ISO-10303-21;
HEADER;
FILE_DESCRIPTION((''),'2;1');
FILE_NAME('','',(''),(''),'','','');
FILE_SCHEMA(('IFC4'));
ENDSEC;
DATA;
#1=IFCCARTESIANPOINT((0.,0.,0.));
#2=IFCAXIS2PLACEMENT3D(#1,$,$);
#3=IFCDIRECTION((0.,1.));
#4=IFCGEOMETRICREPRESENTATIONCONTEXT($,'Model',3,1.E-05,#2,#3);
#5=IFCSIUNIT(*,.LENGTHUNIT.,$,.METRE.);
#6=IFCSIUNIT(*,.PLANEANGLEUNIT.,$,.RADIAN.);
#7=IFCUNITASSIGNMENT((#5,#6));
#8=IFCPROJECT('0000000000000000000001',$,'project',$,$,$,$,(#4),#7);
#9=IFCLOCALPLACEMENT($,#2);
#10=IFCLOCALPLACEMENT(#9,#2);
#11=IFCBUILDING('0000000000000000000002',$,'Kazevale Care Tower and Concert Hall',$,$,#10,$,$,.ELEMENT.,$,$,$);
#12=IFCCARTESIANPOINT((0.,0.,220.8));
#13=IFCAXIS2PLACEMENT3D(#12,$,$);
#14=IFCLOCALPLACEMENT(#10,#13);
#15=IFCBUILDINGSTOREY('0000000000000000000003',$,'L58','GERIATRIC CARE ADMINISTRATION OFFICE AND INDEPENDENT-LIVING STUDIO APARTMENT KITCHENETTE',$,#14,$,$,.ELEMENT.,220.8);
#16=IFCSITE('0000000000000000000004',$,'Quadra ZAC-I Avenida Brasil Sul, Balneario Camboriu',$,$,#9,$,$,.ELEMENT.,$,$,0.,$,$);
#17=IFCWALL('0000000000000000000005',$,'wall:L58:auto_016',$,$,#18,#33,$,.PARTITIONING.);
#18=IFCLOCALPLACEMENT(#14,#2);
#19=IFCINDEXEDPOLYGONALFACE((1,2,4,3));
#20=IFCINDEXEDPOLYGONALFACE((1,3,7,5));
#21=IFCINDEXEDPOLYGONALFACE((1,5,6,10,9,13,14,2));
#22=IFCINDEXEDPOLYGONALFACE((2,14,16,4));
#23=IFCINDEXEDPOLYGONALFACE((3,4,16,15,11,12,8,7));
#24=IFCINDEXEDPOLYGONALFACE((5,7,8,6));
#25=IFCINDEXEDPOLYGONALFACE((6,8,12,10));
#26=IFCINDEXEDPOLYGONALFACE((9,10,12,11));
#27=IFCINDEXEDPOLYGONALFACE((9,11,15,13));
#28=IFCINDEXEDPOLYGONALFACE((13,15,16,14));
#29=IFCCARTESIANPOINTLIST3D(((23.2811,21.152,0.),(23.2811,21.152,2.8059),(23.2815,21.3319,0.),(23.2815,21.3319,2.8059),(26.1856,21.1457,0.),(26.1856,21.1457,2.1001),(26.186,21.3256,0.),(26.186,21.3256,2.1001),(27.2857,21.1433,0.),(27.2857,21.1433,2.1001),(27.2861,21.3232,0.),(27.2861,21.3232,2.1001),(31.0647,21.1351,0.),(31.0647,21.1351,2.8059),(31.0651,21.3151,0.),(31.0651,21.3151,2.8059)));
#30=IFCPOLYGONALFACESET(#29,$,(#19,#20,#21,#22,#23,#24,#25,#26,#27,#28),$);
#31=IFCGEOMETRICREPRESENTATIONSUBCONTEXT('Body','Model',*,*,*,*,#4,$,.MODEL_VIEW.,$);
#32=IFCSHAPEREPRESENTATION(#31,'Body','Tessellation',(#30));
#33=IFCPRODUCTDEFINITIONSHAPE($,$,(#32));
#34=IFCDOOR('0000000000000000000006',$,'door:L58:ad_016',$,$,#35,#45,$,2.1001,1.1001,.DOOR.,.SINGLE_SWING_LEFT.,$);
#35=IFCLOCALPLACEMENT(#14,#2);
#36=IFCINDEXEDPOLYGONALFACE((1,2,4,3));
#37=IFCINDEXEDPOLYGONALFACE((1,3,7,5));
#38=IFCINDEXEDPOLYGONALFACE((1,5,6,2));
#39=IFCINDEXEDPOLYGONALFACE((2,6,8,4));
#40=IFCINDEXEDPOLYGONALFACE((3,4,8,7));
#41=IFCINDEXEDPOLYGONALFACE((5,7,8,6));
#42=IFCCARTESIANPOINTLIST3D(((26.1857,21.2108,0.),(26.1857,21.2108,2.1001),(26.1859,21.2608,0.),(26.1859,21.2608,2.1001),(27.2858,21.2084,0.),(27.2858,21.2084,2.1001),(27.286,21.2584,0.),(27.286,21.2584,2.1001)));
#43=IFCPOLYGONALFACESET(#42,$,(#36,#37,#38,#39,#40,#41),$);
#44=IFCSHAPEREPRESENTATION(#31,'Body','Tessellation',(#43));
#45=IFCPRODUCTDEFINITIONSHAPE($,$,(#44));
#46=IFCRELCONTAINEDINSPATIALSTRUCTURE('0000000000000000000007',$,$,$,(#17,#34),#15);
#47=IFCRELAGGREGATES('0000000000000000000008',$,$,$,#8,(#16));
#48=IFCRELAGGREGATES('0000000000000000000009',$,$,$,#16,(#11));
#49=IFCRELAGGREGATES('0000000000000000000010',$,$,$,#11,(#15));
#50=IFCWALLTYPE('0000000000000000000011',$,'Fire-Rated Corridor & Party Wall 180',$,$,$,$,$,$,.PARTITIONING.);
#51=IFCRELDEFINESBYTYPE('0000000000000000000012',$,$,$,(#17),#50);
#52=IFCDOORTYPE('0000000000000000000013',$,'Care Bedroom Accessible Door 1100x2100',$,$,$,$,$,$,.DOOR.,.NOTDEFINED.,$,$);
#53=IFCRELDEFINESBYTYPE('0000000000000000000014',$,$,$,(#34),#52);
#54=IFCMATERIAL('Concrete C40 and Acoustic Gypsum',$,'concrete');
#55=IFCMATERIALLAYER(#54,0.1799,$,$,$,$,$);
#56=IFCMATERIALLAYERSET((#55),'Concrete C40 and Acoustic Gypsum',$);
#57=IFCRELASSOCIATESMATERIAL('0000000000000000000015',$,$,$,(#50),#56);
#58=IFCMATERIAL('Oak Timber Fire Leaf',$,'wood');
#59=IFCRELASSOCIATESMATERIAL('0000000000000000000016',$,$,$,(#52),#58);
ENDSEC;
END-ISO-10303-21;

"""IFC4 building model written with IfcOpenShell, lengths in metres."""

from ifc_helpers import new_model, si_unit, direction, frame, frame_2d, origin, place, context, subcontext, project, spatial, rectangle, extrude, material, layer, layer_set, type_object, element, fill, save


model = new_model("IFC4")

# Units and contexts
model_context = context("Model", 3, precision=1e-05, world=origin(), true_north=direction((0.0, 1.0)))
body_context = subcontext(model_context, "Body", "Model", "MODEL_VIEW")
ifc_project = project(units=[si_unit("LENGTHUNIT", "METRE"), si_unit("PLANEANGLEUNIT", "RADIAN")], contexts=[model_context])

# Site, building, storey
site_placement = place(None, origin())
site = spatial("IfcSite", under=ifc_project, at=site_placement, Name="Quadra ZAC-I Avenida Brasil Sul, Balneario Camboriu", CompositionType="ELEMENT", RefElevation=0.0)
building_placement = place(site_placement, origin())
building = spatial("IfcBuilding", under=site, at=building_placement, Name="Kazevale Care Tower and Concert Hall", CompositionType="ELEMENT")
storey_placement = place(building_placement, frame((0.0, 0.0, 220.8)))
storey = spatial("IfcBuildingStorey", under=building, at=storey_placement, Name="L58", Description="GERIATRIC CARE ADMINISTRATION OFFICE AND INDEPENDENT-LIVING STUDIO APARTMENT KITCHENETTE", CompositionType="ELEMENT", Elevation=220.8)

# Wall, opening, door
ifc_material_1 = material(Name="Concrete C40 and Acoustic Gypsum", Category="concrete")
ifc_layer_1 = layer(ifc_material_1, 0.1799)
ifc_layer_set_1 = layer_set([ifc_layer_1], Name="Concrete C40 and Acoustic Gypsum")
wall_type_1 = type_object("IfcWallType", Name="Fire-Rated Corridor & Party Wall 180", PredefinedType="PARTITIONING", material=ifc_layer_set_1)
wall_1_placement = place(storey_placement, frame((31.0649, 21.2251, 0.0), z_axis=(0.0, 0.0, 1.0), x_axis=(-0.999998, 0.002164, 0.0)))
wall_1 = element("IfcWall", 1, at=wall_1_placement, inside=storey, type_object=wall_type_1, Name="wall:L58:auto_016", PredefinedType="PARTITIONING", context=body_context, shape_type="SweptSolid", body=[
    extrude(rectangle(XDim=7.7837, YDim=0.1799, at=frame_2d((3.8918, 0.0))), origin(), (0.0, 0.0, 1.0), 2.8059),
])
opening_placement = place(wall_1_placement, frame((3.7791, 0.0, 0.0)))
opening = element("IfcOpeningElement", 2, at=opening_placement, cuts=wall_1, PredefinedType="OPENING", context=body_context, shape_type="SweptSolid", body=[
    extrude(rectangle(XDim=1.1001, YDim=2.1001, at=frame_2d((0.55, 1.05))), frame((0.0, 0.0999, 0.0), z_axis=(0.0, -1.0, 0.0), x_axis=(1.0, 0.0, 0.0)), (0.0, 0.0, 1.0), 0.2),
])
ifc_material_2 = material(Name="Oak Timber Fire Leaf", Category="wood")
door_type = type_object("IfcDoorType", Name="Care Bedroom Accessible Door 1100x2100", OperationType="NOTDEFINED", PredefinedType="DOOR", material=ifc_material_2)
door_placement = place(opening_placement, origin())
door = element("IfcDoor", 3, at=door_placement, inside=storey, type_object=door_type, Name="door:L58:ad_016", OperationType="SINGLE_SWING_LEFT", OverallHeight=2.1001, OverallWidth=1.1001, PredefinedType="DOOR", context=body_context, shape_type="SweptSolid", body=[
    extrude(rectangle(XDim=1.1001, YDim=2.1001, at=frame_2d((0.55, 1.05))), frame((0.0, 0.0249, 0.0), z_axis=(0.0, -1.0, 0.0), x_axis=(1.0, 0.0, 0.0)), (0.0, 0.0, 1.0), 0.05),
])
fill(opening, door)

save(model, "model.ifc")
